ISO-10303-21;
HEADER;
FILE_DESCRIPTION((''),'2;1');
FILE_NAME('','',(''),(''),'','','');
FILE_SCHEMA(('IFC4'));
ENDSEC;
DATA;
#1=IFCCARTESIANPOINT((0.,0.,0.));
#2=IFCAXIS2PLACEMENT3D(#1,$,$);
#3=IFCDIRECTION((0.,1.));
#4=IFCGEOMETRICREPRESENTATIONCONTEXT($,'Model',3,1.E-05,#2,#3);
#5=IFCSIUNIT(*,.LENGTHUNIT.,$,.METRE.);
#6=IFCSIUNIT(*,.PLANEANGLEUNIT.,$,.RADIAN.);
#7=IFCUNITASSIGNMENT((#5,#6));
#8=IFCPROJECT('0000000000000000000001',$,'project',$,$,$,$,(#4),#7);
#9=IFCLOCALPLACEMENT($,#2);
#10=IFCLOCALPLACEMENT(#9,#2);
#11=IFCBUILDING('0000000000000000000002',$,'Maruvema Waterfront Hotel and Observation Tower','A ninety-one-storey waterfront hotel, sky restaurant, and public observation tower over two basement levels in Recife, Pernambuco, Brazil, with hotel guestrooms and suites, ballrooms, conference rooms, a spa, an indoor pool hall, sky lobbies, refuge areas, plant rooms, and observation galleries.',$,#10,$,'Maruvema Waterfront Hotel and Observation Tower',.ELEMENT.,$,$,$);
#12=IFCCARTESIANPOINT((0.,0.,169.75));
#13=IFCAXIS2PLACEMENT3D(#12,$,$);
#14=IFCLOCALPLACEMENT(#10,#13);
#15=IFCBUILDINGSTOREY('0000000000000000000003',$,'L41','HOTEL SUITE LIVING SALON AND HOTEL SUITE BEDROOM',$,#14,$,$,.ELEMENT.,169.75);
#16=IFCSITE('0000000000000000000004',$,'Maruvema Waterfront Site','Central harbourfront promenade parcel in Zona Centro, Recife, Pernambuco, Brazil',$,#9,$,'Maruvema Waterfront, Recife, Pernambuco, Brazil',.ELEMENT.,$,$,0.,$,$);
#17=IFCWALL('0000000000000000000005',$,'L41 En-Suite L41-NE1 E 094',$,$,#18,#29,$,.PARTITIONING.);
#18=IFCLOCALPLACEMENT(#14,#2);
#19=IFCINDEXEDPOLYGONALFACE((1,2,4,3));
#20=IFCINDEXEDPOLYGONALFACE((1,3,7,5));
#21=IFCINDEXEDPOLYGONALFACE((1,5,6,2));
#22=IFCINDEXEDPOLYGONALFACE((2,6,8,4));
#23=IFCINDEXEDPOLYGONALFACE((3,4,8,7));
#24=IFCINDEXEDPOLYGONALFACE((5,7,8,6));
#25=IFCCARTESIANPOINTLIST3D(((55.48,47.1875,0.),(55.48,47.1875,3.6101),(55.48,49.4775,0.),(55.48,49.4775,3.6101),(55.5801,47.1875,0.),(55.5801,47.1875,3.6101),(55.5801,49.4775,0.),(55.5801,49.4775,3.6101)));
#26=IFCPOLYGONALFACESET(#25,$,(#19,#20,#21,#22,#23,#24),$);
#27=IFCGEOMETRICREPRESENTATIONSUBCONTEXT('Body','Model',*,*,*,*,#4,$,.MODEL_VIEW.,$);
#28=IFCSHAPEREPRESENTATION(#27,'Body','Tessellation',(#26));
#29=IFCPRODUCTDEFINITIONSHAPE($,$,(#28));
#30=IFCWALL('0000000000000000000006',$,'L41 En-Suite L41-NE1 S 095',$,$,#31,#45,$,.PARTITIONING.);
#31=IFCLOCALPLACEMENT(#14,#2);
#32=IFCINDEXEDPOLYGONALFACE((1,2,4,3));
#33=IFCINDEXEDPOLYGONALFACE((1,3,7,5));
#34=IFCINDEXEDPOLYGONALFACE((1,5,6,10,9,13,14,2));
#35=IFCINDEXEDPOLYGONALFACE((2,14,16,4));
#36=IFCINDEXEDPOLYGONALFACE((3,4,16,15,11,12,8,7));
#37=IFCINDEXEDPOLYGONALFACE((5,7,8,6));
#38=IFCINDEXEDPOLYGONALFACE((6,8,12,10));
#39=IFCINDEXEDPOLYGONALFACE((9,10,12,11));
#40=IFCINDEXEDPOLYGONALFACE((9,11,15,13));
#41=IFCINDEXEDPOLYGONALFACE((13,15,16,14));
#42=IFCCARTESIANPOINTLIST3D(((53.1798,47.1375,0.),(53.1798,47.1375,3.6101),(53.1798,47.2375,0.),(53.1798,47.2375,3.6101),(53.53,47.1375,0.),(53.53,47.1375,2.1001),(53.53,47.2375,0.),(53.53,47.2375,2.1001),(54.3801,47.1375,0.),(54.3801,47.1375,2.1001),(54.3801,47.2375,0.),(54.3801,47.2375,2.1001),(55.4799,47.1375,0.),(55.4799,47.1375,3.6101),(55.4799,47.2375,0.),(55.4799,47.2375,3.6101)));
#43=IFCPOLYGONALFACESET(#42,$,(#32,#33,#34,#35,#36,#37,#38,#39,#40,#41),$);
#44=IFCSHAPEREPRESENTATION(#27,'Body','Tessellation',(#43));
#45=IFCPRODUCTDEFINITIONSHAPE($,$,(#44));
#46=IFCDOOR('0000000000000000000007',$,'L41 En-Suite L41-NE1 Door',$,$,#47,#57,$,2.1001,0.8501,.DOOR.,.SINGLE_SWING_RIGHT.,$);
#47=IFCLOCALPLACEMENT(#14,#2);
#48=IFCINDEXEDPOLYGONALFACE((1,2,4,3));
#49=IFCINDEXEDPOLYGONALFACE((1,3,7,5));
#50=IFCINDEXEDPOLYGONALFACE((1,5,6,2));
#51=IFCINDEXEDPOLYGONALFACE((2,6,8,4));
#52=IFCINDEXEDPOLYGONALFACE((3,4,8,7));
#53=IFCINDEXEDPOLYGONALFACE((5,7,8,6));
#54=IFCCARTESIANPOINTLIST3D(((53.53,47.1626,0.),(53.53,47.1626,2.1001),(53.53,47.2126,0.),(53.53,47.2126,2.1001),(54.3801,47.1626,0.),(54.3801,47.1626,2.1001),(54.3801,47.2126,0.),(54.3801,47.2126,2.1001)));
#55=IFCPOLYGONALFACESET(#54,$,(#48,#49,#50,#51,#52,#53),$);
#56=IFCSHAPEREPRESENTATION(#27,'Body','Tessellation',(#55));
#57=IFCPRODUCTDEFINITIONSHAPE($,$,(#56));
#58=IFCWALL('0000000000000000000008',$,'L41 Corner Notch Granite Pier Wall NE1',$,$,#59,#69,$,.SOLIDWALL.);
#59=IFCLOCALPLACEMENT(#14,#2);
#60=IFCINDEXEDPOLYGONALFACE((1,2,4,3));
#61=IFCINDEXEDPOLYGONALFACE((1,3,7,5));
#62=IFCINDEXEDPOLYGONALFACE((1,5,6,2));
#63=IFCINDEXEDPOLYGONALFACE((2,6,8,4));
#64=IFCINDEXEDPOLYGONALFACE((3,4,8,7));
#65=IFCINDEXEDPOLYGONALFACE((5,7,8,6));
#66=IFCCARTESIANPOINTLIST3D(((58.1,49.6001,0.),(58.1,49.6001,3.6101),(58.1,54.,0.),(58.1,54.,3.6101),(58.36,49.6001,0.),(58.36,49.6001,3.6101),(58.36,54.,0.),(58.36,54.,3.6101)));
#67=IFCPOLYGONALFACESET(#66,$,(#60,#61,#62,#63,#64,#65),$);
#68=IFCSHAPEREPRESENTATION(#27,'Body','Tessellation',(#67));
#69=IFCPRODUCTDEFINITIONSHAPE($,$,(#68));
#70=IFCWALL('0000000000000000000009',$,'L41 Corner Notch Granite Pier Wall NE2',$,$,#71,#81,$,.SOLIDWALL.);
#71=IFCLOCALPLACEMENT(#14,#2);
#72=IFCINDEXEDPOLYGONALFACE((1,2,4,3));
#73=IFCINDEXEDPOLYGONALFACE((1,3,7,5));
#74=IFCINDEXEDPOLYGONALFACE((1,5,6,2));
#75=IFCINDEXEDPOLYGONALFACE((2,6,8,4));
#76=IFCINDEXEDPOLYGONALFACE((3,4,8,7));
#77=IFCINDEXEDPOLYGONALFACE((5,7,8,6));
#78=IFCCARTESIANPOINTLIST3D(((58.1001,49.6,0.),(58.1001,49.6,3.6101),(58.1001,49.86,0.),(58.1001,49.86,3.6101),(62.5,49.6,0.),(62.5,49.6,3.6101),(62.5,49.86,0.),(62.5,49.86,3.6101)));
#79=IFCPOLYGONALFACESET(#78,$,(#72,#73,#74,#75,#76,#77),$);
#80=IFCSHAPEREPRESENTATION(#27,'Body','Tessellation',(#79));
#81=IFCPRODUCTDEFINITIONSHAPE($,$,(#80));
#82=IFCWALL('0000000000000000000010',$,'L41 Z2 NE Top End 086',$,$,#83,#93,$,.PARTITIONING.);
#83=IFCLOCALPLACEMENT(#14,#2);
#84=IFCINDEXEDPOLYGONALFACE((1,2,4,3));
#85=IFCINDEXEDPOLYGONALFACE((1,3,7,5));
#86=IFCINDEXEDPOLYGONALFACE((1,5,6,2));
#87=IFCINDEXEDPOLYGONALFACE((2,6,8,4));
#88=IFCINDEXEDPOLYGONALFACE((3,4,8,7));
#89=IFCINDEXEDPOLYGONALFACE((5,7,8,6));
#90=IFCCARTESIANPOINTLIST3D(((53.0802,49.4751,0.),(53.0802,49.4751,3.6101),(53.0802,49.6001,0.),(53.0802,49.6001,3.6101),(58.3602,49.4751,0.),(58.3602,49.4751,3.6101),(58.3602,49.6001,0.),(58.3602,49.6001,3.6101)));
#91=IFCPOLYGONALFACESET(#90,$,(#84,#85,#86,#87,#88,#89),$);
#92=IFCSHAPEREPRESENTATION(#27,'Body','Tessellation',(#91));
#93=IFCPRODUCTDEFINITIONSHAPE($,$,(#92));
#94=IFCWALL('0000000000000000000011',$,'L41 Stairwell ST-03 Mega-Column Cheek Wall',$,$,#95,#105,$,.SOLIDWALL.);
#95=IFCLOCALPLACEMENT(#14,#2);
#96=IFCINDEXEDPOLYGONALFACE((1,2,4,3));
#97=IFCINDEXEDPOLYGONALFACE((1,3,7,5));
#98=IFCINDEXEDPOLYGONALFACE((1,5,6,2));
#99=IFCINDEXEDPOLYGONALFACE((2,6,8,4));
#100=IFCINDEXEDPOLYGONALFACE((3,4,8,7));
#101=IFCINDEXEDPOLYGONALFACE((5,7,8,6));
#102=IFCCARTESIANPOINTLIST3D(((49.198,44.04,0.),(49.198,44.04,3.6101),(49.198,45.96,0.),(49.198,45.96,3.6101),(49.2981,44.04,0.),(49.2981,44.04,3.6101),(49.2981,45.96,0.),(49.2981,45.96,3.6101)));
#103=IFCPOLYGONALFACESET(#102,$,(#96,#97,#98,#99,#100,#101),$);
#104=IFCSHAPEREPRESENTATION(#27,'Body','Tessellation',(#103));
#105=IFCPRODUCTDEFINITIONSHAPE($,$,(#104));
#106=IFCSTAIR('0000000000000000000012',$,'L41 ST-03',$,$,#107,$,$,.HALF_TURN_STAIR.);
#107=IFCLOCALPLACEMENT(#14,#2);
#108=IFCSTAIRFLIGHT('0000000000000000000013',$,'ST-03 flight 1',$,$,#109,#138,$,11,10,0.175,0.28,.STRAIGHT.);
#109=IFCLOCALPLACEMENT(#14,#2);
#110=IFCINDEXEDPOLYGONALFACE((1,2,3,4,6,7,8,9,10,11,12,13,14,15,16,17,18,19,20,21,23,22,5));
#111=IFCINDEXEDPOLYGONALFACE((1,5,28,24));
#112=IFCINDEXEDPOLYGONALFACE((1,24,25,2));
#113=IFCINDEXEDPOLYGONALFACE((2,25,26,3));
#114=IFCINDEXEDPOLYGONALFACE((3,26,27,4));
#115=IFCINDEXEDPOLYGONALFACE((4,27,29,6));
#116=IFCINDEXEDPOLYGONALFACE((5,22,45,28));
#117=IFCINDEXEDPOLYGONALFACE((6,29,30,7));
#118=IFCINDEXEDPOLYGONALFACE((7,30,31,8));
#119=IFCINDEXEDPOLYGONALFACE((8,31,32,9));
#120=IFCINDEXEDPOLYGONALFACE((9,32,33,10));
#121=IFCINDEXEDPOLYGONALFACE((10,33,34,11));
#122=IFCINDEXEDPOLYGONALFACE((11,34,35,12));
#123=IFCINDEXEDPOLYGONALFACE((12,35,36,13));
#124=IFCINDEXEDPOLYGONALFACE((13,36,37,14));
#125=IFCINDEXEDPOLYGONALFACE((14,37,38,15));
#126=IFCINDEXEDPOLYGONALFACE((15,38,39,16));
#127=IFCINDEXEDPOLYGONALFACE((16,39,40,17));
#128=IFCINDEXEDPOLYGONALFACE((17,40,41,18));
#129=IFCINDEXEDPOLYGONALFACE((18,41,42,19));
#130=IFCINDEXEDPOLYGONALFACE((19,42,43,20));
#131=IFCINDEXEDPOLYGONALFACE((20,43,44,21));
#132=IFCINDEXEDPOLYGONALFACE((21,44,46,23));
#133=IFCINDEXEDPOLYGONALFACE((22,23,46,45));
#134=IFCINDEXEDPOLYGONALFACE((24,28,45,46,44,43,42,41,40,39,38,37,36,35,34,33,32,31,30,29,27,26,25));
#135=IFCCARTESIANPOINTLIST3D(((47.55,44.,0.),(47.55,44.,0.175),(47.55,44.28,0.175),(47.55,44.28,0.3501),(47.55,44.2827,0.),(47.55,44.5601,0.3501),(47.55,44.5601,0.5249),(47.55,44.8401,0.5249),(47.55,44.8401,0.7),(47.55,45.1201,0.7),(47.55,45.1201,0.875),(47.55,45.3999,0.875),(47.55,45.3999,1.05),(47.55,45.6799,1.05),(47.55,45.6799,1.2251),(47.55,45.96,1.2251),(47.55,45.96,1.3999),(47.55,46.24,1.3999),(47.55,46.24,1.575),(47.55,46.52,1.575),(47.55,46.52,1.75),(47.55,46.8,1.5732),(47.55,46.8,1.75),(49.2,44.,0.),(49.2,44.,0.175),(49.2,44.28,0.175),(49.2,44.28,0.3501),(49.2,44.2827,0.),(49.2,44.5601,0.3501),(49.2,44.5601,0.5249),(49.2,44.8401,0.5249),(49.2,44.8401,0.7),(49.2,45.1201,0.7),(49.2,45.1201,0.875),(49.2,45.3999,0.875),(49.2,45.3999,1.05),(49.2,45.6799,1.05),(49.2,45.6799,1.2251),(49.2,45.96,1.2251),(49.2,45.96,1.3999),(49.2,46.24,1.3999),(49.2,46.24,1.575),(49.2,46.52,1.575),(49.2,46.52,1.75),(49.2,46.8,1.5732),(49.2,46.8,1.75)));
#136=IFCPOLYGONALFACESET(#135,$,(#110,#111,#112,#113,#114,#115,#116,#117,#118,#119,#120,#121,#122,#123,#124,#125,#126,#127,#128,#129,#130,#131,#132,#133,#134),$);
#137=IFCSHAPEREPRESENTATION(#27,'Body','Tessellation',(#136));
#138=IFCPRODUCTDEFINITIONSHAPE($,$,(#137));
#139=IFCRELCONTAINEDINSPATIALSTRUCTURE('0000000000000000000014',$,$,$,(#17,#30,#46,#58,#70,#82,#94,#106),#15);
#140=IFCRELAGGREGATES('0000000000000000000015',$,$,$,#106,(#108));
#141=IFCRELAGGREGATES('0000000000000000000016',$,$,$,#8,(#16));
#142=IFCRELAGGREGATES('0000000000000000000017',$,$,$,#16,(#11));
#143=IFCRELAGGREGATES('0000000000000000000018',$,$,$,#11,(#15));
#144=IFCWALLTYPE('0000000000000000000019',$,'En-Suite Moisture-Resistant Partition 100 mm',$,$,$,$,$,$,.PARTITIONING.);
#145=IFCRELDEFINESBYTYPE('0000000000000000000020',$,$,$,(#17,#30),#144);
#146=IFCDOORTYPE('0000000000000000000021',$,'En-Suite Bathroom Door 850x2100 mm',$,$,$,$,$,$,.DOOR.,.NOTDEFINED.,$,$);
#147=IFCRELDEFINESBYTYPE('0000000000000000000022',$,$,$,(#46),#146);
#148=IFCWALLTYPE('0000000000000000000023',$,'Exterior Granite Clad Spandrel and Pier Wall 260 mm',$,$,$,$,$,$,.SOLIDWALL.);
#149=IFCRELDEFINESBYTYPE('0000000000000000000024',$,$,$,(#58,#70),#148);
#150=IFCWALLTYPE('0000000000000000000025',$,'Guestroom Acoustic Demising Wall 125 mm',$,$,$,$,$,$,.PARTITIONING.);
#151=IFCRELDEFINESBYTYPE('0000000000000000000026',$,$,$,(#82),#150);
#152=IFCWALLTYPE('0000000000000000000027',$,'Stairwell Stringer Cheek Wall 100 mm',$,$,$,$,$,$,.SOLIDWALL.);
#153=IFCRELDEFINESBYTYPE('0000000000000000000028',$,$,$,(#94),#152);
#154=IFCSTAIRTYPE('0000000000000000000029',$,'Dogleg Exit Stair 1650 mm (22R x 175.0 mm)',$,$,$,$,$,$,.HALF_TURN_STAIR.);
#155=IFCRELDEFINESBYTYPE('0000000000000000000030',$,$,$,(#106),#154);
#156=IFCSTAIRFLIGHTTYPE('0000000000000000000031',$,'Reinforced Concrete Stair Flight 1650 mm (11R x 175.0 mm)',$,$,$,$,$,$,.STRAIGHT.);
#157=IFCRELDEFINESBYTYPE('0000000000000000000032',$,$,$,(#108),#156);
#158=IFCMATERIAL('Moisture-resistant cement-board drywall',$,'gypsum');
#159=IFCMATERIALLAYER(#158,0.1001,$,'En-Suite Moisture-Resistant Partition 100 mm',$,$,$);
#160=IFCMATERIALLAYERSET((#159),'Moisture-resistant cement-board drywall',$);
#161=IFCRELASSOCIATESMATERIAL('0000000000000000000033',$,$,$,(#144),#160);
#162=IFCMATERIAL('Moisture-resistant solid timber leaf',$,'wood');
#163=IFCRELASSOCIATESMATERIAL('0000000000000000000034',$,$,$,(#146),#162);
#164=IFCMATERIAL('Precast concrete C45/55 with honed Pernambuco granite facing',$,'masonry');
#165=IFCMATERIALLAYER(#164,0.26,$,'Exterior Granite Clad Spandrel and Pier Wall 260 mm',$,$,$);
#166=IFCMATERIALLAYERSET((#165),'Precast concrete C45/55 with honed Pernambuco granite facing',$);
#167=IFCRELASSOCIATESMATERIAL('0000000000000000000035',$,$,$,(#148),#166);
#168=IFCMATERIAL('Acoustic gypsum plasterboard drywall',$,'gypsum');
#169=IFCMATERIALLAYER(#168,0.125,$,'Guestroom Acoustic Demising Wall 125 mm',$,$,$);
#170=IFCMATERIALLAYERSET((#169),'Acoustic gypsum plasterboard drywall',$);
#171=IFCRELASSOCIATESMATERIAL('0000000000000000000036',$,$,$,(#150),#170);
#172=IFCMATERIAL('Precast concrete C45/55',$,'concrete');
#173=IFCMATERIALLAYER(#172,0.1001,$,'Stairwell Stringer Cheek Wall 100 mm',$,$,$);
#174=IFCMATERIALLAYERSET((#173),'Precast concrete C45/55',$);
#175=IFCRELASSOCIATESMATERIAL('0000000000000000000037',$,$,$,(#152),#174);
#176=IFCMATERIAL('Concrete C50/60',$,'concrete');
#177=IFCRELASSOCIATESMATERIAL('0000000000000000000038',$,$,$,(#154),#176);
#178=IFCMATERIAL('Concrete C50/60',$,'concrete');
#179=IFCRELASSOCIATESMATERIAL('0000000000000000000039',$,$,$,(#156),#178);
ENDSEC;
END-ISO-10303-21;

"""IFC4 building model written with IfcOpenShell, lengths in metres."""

from ifc_helpers import new_model, si_unit, direction, frame, frame_2d, origin, place, context, subcontext, project, spatial, polyline, rectangle, outline, extrude, material, layer, layer_set, type_object, element, fill, aggregate, save


model = new_model("IFC4")

# Units and contexts
model_context = context("Model", 3, precision=1e-05, world=origin(), true_north=direction((0.0, 1.0)))
body_context = subcontext(model_context, "Body", "Model", "MODEL_VIEW")
ifc_project = project(units=[si_unit("LENGTHUNIT", "METRE"), si_unit("PLANEANGLEUNIT", "RADIAN")], contexts=[model_context])

# Site, building, storey
site_placement = place(None, origin())
site = spatial("IfcSite", under=ifc_project, at=site_placement, Name="Maruvema Waterfront Site", Description="Central harbourfront promenade parcel in Zona Centro, Recife, Pernambuco, Brazil", LongName="Maruvema Waterfront, Recife, Pernambuco, Brazil", CompositionType="ELEMENT", RefElevation=0.0)
building_placement = place(site_placement, origin())
building = spatial("IfcBuilding", under=site, at=building_placement, Name="Maruvema Waterfront Hotel and Observation Tower", Description="A ninety-one-storey waterfront hotel, sky restaurant, and public observation tower over two basement levels in Recife, Pernambuco, Brazil, with hotel guestrooms and suites, ballrooms, conference rooms, a spa, an indoor pool hall, sky lobbies, refuge areas, plant rooms, and observation galleries.", LongName="Maruvema Waterfront Hotel and Observation Tower", CompositionType="ELEMENT")
storey_placement = place(building_placement, frame((0.0, 0.0, 169.75)))
storey = spatial("IfcBuildingStorey", under=building, at=storey_placement, Name="L41", Description="HOTEL SUITE LIVING SALON AND HOTEL SUITE BEDROOM", CompositionType="ELEMENT", Elevation=169.75)

# Wall
ifc_material_1 = material(Name="Moisture-resistant cement-board drywall", Category="gypsum")
ifc_layer_1 = layer(ifc_material_1, 0.1001, Name="En-Suite Moisture-Resistant Partition 100 mm")
ifc_layer_set_1 = layer_set([ifc_layer_1], Name="Moisture-resistant cement-board drywall")
wall_type_1 = type_object("IfcWallType", Name="En-Suite Moisture-Resistant Partition 100 mm", PredefinedType="PARTITIONING", material=ifc_layer_set_1)
wall_1_placement = place(storey_placement, frame((55.53, 47.1875, 0.0), z_axis=(0.0, 0.0, 1.0), x_axis=(0.0, 1.0, 0.0)))
element("IfcWall", 1, at=wall_1_placement, inside=storey, type_object=wall_type_1, Name="L41 En-Suite L41-NE1 E 094", PredefinedType="PARTITIONING", context=body_context, shape_type="SweptSolid", body=[
    extrude(rectangle(XDim=2.29, YDim=0.1001, at=frame_2d((1.145, 0.0))), origin(), (0.0, 0.0, 1.0), 3.6101),
])

# Wall, opening, door
wall_2_placement = place(storey_placement, frame((53.1799, 47.1875, 0.0), z_axis=(0.0, 0.0, 1.0), x_axis=(1.0, 0.0, 0.0)))
wall_2 = element("IfcWall", 2, at=wall_2_placement, inside=storey, type_object=wall_type_1, Name="L41 En-Suite L41-NE1 S 095", PredefinedType="PARTITIONING", context=body_context, shape_type="SweptSolid", body=[
    extrude(rectangle(XDim=2.3, YDim=0.1001, at=frame_2d((1.1499, 0.0))), origin(), (0.0, 0.0, 1.0), 3.6101),
])
opening_placement = place(wall_2_placement, frame((0.3501, 0.0, 0.0)))
opening = element("IfcOpeningElement", 3, at=opening_placement, cuts=wall_2, PredefinedType="OPENING", context=body_context, shape_type="SweptSolid", body=[
    extrude(rectangle(XDim=0.8501, YDim=2.1001, at=frame_2d((0.425, 1.05))), frame((0.0, 0.0601, 0.0), z_axis=(0.0, -1.0, 0.0), x_axis=(1.0, 0.0, 0.0)), (0.0, 0.0, 1.0), 0.1201),
])
ifc_material_2 = material(Name="Moisture-resistant solid timber leaf", Category="wood")
door_type = type_object("IfcDoorType", Name="En-Suite Bathroom Door 850x2100 mm", OperationType="NOTDEFINED", PredefinedType="DOOR", material=ifc_material_2)
door_placement = place(opening_placement, frame((0.8501, 0.0, 0.0), z_axis=(0.0, 0.0, 1.0), x_axis=(-1.0, 0.0, 0.0)))
door = element("IfcDoor", 4, at=door_placement, inside=storey, type_object=door_type, Name="L41 En-Suite L41-NE1 Door", OperationType="SINGLE_SWING_RIGHT", OverallHeight=2.1001, OverallWidth=0.8501, PredefinedType="DOOR", context=body_context, shape_type="SweptSolid", body=[
    extrude(rectangle(XDim=0.8501, YDim=2.1001, at=frame_2d((0.425, 1.05))), frame((0.0, 0.0249, 0.0), z_axis=(0.0, -1.0, 0.0), x_axis=(1.0, 0.0, 0.0)), (0.0, 0.0, 1.0), 0.05),
])
fill(opening, door)

# Walls
ifc_material_3 = material(Name="Precast concrete C45/55 with honed Pernambuco granite facing", Category="masonry")
ifc_layer_2 = layer(ifc_material_3, 0.26, Name="Exterior Granite Clad Spandrel and Pier Wall 260 mm")
ifc_layer_set_2 = layer_set([ifc_layer_2], Name="Precast concrete C45/55 with honed Pernambuco granite facing")
wall_type_2 = type_object("IfcWallType", Name="Exterior Granite Clad Spandrel and Pier Wall 260 mm", PredefinedType="SOLIDWALL", material=ifc_layer_set_2)
for number, where, z_axis, x_axis, name in (
    (5, (58.23, 54.0, 0.0), (0.0, 0.0, 1.0), (0.0, -1.0, 0.0), "L41 Corner Notch Granite Pier Wall NE1"),
    (6, (58.1001, 49.73, 0.0), (0.0, 0.0, 1.0), (1.0, 0.0, 0.0), "L41 Corner Notch Granite Pier Wall NE2"),
):
    element("IfcWall", number, at=place(storey_placement, frame(where, z_axis=z_axis, x_axis=x_axis)), inside=storey, type_object=wall_type_2, Name=name, PredefinedType="SOLIDWALL", context=body_context, shape_type="SweptSolid", body=[
        extrude(rectangle(XDim=4.3999, YDim=0.26, at=frame_2d((2.2, 0.0))), origin(), (0.0, 0.0, 1.0), 3.6101),
    ])
ifc_material_4 = material(Name="Acoustic gypsum plasterboard drywall", Category="gypsum")
ifc_layer_3 = layer(ifc_material_4, 0.125, Name="Guestroom Acoustic Demising Wall 125 mm")
ifc_layer_set_3 = layer_set([ifc_layer_3], Name="Acoustic gypsum plasterboard drywall")
wall_type_3 = type_object("IfcWallType", Name="Guestroom Acoustic Demising Wall 125 mm", PredefinedType="PARTITIONING", material=ifc_layer_set_3)
wall_3_placement = place(storey_placement, frame((53.0801, 49.5376, 0.0), z_axis=(0.0, 0.0, 1.0), x_axis=(1.0, 0.0, 0.0)))
element("IfcWall", 7, at=wall_3_placement, inside=storey, type_object=wall_type_3, Name="L41 Z2 NE Top End 086", PredefinedType="PARTITIONING", context=body_context, shape_type="SweptSolid", body=[
    extrude(rectangle(XDim=5.28, YDim=0.125, at=frame_2d((2.6401, 0.0))), origin(), (0.0, 0.0, 1.0), 3.6101),
])
ifc_material_5 = material(Name="Precast concrete C45/55", Category="concrete")
ifc_layer_4 = layer(ifc_material_5, 0.1001, Name="Stairwell Stringer Cheek Wall 100 mm")
ifc_layer_set_4 = layer_set([ifc_layer_4], Name="Precast concrete C45/55")
wall_type_4 = type_object("IfcWallType", Name="Stairwell Stringer Cheek Wall 100 mm", PredefinedType="SOLIDWALL", material=ifc_layer_set_4)
wall_4_placement = place(storey_placement, frame((49.248, 44.04, 0.0), z_axis=(0.0, 0.0, 1.0), x_axis=(0.0, 1.0, 0.0)))
element("IfcWall", 8, at=wall_4_placement, inside=storey, type_object=wall_type_4, Name="L41 Stairwell ST-03 Mega-Column Cheek Wall", PredefinedType="SOLIDWALL", context=body_context, shape_type="SweptSolid", body=[
    extrude(rectangle(XDim=1.9199, YDim=0.1001, at=frame_2d((0.96, 0.0))), origin(), (0.0, 0.0, 1.0), 3.6101),
])

# Stair, stair flight
ifc_material_6 = material(Name="Concrete C50/60", Category="concrete")
stair_type = type_object("IfcStairType", Name="Dogleg Exit Stair 1650 mm (22R x 175.0 mm)", PredefinedType="HALF_TURN_STAIR", material=ifc_material_6)
stair_placement = place(storey_placement, origin())
stair = element("IfcStair", 9, at=stair_placement, inside=storey, type_object=stair_type, Name="L41 ST-03", PredefinedType="HALF_TURN_STAIR")
ifc_material_7 = material(Name="Concrete C50/60", Category="concrete")
stair_flight_type = type_object("IfcStairFlightType", Name="Reinforced Concrete Stair Flight 1650 mm (11R x 175.0 mm)", PredefinedType="STRAIGHT", material=ifc_material_7)
stair_flight_placement = place(storey_placement, frame((48.375, 44.0, 0.0), z_axis=(0.0, 0.0, 1.0), x_axis=(0.0, 1.0, 0.0)))
stair_flight = element("IfcStairFlight", 10, at=stair_flight_placement, type_object=stair_flight_type, Name="ST-03 flight 1", NumberOfRisers=11, NumberOfTreads=10, PredefinedType="STRAIGHT", RiserHeight=0.175, TreadLength=0.28, context=body_context, shape_type="SweptSolid", body=[
    extrude(outline(polyline([(0.0, 0.0), (0.0, 0.175), (0.28, 0.175), (0.28, 0.3501), (0.5601, 0.3501), (0.5601, 0.5249), (0.8401, 0.5249), (0.8401, 0.7), (1.1201, 0.7), (1.1201, 0.875), (1.3999, 0.875), (1.3999, 1.05), (1.6799, 1.05), (1.6799, 1.2251), (1.96, 1.2251), (1.96, 1.3999), (2.24, 1.3999), (2.24, 1.575), (2.52, 1.575), (2.52, 1.75), (2.8, 1.75), (2.8, 1.925), (2.8, 1.5732), (0.2827, 0.0), (0.0, 0.0)])), frame((0.0, 0.825, 0.0), z_axis=(0.0, -1.0, 0.0), x_axis=(1.0, 0.0, 0.0)), (0.0, 0.0, 1.0), 1.6499),
])
aggregate(stair, [stair_flight])

save(model, "model.ifc")
